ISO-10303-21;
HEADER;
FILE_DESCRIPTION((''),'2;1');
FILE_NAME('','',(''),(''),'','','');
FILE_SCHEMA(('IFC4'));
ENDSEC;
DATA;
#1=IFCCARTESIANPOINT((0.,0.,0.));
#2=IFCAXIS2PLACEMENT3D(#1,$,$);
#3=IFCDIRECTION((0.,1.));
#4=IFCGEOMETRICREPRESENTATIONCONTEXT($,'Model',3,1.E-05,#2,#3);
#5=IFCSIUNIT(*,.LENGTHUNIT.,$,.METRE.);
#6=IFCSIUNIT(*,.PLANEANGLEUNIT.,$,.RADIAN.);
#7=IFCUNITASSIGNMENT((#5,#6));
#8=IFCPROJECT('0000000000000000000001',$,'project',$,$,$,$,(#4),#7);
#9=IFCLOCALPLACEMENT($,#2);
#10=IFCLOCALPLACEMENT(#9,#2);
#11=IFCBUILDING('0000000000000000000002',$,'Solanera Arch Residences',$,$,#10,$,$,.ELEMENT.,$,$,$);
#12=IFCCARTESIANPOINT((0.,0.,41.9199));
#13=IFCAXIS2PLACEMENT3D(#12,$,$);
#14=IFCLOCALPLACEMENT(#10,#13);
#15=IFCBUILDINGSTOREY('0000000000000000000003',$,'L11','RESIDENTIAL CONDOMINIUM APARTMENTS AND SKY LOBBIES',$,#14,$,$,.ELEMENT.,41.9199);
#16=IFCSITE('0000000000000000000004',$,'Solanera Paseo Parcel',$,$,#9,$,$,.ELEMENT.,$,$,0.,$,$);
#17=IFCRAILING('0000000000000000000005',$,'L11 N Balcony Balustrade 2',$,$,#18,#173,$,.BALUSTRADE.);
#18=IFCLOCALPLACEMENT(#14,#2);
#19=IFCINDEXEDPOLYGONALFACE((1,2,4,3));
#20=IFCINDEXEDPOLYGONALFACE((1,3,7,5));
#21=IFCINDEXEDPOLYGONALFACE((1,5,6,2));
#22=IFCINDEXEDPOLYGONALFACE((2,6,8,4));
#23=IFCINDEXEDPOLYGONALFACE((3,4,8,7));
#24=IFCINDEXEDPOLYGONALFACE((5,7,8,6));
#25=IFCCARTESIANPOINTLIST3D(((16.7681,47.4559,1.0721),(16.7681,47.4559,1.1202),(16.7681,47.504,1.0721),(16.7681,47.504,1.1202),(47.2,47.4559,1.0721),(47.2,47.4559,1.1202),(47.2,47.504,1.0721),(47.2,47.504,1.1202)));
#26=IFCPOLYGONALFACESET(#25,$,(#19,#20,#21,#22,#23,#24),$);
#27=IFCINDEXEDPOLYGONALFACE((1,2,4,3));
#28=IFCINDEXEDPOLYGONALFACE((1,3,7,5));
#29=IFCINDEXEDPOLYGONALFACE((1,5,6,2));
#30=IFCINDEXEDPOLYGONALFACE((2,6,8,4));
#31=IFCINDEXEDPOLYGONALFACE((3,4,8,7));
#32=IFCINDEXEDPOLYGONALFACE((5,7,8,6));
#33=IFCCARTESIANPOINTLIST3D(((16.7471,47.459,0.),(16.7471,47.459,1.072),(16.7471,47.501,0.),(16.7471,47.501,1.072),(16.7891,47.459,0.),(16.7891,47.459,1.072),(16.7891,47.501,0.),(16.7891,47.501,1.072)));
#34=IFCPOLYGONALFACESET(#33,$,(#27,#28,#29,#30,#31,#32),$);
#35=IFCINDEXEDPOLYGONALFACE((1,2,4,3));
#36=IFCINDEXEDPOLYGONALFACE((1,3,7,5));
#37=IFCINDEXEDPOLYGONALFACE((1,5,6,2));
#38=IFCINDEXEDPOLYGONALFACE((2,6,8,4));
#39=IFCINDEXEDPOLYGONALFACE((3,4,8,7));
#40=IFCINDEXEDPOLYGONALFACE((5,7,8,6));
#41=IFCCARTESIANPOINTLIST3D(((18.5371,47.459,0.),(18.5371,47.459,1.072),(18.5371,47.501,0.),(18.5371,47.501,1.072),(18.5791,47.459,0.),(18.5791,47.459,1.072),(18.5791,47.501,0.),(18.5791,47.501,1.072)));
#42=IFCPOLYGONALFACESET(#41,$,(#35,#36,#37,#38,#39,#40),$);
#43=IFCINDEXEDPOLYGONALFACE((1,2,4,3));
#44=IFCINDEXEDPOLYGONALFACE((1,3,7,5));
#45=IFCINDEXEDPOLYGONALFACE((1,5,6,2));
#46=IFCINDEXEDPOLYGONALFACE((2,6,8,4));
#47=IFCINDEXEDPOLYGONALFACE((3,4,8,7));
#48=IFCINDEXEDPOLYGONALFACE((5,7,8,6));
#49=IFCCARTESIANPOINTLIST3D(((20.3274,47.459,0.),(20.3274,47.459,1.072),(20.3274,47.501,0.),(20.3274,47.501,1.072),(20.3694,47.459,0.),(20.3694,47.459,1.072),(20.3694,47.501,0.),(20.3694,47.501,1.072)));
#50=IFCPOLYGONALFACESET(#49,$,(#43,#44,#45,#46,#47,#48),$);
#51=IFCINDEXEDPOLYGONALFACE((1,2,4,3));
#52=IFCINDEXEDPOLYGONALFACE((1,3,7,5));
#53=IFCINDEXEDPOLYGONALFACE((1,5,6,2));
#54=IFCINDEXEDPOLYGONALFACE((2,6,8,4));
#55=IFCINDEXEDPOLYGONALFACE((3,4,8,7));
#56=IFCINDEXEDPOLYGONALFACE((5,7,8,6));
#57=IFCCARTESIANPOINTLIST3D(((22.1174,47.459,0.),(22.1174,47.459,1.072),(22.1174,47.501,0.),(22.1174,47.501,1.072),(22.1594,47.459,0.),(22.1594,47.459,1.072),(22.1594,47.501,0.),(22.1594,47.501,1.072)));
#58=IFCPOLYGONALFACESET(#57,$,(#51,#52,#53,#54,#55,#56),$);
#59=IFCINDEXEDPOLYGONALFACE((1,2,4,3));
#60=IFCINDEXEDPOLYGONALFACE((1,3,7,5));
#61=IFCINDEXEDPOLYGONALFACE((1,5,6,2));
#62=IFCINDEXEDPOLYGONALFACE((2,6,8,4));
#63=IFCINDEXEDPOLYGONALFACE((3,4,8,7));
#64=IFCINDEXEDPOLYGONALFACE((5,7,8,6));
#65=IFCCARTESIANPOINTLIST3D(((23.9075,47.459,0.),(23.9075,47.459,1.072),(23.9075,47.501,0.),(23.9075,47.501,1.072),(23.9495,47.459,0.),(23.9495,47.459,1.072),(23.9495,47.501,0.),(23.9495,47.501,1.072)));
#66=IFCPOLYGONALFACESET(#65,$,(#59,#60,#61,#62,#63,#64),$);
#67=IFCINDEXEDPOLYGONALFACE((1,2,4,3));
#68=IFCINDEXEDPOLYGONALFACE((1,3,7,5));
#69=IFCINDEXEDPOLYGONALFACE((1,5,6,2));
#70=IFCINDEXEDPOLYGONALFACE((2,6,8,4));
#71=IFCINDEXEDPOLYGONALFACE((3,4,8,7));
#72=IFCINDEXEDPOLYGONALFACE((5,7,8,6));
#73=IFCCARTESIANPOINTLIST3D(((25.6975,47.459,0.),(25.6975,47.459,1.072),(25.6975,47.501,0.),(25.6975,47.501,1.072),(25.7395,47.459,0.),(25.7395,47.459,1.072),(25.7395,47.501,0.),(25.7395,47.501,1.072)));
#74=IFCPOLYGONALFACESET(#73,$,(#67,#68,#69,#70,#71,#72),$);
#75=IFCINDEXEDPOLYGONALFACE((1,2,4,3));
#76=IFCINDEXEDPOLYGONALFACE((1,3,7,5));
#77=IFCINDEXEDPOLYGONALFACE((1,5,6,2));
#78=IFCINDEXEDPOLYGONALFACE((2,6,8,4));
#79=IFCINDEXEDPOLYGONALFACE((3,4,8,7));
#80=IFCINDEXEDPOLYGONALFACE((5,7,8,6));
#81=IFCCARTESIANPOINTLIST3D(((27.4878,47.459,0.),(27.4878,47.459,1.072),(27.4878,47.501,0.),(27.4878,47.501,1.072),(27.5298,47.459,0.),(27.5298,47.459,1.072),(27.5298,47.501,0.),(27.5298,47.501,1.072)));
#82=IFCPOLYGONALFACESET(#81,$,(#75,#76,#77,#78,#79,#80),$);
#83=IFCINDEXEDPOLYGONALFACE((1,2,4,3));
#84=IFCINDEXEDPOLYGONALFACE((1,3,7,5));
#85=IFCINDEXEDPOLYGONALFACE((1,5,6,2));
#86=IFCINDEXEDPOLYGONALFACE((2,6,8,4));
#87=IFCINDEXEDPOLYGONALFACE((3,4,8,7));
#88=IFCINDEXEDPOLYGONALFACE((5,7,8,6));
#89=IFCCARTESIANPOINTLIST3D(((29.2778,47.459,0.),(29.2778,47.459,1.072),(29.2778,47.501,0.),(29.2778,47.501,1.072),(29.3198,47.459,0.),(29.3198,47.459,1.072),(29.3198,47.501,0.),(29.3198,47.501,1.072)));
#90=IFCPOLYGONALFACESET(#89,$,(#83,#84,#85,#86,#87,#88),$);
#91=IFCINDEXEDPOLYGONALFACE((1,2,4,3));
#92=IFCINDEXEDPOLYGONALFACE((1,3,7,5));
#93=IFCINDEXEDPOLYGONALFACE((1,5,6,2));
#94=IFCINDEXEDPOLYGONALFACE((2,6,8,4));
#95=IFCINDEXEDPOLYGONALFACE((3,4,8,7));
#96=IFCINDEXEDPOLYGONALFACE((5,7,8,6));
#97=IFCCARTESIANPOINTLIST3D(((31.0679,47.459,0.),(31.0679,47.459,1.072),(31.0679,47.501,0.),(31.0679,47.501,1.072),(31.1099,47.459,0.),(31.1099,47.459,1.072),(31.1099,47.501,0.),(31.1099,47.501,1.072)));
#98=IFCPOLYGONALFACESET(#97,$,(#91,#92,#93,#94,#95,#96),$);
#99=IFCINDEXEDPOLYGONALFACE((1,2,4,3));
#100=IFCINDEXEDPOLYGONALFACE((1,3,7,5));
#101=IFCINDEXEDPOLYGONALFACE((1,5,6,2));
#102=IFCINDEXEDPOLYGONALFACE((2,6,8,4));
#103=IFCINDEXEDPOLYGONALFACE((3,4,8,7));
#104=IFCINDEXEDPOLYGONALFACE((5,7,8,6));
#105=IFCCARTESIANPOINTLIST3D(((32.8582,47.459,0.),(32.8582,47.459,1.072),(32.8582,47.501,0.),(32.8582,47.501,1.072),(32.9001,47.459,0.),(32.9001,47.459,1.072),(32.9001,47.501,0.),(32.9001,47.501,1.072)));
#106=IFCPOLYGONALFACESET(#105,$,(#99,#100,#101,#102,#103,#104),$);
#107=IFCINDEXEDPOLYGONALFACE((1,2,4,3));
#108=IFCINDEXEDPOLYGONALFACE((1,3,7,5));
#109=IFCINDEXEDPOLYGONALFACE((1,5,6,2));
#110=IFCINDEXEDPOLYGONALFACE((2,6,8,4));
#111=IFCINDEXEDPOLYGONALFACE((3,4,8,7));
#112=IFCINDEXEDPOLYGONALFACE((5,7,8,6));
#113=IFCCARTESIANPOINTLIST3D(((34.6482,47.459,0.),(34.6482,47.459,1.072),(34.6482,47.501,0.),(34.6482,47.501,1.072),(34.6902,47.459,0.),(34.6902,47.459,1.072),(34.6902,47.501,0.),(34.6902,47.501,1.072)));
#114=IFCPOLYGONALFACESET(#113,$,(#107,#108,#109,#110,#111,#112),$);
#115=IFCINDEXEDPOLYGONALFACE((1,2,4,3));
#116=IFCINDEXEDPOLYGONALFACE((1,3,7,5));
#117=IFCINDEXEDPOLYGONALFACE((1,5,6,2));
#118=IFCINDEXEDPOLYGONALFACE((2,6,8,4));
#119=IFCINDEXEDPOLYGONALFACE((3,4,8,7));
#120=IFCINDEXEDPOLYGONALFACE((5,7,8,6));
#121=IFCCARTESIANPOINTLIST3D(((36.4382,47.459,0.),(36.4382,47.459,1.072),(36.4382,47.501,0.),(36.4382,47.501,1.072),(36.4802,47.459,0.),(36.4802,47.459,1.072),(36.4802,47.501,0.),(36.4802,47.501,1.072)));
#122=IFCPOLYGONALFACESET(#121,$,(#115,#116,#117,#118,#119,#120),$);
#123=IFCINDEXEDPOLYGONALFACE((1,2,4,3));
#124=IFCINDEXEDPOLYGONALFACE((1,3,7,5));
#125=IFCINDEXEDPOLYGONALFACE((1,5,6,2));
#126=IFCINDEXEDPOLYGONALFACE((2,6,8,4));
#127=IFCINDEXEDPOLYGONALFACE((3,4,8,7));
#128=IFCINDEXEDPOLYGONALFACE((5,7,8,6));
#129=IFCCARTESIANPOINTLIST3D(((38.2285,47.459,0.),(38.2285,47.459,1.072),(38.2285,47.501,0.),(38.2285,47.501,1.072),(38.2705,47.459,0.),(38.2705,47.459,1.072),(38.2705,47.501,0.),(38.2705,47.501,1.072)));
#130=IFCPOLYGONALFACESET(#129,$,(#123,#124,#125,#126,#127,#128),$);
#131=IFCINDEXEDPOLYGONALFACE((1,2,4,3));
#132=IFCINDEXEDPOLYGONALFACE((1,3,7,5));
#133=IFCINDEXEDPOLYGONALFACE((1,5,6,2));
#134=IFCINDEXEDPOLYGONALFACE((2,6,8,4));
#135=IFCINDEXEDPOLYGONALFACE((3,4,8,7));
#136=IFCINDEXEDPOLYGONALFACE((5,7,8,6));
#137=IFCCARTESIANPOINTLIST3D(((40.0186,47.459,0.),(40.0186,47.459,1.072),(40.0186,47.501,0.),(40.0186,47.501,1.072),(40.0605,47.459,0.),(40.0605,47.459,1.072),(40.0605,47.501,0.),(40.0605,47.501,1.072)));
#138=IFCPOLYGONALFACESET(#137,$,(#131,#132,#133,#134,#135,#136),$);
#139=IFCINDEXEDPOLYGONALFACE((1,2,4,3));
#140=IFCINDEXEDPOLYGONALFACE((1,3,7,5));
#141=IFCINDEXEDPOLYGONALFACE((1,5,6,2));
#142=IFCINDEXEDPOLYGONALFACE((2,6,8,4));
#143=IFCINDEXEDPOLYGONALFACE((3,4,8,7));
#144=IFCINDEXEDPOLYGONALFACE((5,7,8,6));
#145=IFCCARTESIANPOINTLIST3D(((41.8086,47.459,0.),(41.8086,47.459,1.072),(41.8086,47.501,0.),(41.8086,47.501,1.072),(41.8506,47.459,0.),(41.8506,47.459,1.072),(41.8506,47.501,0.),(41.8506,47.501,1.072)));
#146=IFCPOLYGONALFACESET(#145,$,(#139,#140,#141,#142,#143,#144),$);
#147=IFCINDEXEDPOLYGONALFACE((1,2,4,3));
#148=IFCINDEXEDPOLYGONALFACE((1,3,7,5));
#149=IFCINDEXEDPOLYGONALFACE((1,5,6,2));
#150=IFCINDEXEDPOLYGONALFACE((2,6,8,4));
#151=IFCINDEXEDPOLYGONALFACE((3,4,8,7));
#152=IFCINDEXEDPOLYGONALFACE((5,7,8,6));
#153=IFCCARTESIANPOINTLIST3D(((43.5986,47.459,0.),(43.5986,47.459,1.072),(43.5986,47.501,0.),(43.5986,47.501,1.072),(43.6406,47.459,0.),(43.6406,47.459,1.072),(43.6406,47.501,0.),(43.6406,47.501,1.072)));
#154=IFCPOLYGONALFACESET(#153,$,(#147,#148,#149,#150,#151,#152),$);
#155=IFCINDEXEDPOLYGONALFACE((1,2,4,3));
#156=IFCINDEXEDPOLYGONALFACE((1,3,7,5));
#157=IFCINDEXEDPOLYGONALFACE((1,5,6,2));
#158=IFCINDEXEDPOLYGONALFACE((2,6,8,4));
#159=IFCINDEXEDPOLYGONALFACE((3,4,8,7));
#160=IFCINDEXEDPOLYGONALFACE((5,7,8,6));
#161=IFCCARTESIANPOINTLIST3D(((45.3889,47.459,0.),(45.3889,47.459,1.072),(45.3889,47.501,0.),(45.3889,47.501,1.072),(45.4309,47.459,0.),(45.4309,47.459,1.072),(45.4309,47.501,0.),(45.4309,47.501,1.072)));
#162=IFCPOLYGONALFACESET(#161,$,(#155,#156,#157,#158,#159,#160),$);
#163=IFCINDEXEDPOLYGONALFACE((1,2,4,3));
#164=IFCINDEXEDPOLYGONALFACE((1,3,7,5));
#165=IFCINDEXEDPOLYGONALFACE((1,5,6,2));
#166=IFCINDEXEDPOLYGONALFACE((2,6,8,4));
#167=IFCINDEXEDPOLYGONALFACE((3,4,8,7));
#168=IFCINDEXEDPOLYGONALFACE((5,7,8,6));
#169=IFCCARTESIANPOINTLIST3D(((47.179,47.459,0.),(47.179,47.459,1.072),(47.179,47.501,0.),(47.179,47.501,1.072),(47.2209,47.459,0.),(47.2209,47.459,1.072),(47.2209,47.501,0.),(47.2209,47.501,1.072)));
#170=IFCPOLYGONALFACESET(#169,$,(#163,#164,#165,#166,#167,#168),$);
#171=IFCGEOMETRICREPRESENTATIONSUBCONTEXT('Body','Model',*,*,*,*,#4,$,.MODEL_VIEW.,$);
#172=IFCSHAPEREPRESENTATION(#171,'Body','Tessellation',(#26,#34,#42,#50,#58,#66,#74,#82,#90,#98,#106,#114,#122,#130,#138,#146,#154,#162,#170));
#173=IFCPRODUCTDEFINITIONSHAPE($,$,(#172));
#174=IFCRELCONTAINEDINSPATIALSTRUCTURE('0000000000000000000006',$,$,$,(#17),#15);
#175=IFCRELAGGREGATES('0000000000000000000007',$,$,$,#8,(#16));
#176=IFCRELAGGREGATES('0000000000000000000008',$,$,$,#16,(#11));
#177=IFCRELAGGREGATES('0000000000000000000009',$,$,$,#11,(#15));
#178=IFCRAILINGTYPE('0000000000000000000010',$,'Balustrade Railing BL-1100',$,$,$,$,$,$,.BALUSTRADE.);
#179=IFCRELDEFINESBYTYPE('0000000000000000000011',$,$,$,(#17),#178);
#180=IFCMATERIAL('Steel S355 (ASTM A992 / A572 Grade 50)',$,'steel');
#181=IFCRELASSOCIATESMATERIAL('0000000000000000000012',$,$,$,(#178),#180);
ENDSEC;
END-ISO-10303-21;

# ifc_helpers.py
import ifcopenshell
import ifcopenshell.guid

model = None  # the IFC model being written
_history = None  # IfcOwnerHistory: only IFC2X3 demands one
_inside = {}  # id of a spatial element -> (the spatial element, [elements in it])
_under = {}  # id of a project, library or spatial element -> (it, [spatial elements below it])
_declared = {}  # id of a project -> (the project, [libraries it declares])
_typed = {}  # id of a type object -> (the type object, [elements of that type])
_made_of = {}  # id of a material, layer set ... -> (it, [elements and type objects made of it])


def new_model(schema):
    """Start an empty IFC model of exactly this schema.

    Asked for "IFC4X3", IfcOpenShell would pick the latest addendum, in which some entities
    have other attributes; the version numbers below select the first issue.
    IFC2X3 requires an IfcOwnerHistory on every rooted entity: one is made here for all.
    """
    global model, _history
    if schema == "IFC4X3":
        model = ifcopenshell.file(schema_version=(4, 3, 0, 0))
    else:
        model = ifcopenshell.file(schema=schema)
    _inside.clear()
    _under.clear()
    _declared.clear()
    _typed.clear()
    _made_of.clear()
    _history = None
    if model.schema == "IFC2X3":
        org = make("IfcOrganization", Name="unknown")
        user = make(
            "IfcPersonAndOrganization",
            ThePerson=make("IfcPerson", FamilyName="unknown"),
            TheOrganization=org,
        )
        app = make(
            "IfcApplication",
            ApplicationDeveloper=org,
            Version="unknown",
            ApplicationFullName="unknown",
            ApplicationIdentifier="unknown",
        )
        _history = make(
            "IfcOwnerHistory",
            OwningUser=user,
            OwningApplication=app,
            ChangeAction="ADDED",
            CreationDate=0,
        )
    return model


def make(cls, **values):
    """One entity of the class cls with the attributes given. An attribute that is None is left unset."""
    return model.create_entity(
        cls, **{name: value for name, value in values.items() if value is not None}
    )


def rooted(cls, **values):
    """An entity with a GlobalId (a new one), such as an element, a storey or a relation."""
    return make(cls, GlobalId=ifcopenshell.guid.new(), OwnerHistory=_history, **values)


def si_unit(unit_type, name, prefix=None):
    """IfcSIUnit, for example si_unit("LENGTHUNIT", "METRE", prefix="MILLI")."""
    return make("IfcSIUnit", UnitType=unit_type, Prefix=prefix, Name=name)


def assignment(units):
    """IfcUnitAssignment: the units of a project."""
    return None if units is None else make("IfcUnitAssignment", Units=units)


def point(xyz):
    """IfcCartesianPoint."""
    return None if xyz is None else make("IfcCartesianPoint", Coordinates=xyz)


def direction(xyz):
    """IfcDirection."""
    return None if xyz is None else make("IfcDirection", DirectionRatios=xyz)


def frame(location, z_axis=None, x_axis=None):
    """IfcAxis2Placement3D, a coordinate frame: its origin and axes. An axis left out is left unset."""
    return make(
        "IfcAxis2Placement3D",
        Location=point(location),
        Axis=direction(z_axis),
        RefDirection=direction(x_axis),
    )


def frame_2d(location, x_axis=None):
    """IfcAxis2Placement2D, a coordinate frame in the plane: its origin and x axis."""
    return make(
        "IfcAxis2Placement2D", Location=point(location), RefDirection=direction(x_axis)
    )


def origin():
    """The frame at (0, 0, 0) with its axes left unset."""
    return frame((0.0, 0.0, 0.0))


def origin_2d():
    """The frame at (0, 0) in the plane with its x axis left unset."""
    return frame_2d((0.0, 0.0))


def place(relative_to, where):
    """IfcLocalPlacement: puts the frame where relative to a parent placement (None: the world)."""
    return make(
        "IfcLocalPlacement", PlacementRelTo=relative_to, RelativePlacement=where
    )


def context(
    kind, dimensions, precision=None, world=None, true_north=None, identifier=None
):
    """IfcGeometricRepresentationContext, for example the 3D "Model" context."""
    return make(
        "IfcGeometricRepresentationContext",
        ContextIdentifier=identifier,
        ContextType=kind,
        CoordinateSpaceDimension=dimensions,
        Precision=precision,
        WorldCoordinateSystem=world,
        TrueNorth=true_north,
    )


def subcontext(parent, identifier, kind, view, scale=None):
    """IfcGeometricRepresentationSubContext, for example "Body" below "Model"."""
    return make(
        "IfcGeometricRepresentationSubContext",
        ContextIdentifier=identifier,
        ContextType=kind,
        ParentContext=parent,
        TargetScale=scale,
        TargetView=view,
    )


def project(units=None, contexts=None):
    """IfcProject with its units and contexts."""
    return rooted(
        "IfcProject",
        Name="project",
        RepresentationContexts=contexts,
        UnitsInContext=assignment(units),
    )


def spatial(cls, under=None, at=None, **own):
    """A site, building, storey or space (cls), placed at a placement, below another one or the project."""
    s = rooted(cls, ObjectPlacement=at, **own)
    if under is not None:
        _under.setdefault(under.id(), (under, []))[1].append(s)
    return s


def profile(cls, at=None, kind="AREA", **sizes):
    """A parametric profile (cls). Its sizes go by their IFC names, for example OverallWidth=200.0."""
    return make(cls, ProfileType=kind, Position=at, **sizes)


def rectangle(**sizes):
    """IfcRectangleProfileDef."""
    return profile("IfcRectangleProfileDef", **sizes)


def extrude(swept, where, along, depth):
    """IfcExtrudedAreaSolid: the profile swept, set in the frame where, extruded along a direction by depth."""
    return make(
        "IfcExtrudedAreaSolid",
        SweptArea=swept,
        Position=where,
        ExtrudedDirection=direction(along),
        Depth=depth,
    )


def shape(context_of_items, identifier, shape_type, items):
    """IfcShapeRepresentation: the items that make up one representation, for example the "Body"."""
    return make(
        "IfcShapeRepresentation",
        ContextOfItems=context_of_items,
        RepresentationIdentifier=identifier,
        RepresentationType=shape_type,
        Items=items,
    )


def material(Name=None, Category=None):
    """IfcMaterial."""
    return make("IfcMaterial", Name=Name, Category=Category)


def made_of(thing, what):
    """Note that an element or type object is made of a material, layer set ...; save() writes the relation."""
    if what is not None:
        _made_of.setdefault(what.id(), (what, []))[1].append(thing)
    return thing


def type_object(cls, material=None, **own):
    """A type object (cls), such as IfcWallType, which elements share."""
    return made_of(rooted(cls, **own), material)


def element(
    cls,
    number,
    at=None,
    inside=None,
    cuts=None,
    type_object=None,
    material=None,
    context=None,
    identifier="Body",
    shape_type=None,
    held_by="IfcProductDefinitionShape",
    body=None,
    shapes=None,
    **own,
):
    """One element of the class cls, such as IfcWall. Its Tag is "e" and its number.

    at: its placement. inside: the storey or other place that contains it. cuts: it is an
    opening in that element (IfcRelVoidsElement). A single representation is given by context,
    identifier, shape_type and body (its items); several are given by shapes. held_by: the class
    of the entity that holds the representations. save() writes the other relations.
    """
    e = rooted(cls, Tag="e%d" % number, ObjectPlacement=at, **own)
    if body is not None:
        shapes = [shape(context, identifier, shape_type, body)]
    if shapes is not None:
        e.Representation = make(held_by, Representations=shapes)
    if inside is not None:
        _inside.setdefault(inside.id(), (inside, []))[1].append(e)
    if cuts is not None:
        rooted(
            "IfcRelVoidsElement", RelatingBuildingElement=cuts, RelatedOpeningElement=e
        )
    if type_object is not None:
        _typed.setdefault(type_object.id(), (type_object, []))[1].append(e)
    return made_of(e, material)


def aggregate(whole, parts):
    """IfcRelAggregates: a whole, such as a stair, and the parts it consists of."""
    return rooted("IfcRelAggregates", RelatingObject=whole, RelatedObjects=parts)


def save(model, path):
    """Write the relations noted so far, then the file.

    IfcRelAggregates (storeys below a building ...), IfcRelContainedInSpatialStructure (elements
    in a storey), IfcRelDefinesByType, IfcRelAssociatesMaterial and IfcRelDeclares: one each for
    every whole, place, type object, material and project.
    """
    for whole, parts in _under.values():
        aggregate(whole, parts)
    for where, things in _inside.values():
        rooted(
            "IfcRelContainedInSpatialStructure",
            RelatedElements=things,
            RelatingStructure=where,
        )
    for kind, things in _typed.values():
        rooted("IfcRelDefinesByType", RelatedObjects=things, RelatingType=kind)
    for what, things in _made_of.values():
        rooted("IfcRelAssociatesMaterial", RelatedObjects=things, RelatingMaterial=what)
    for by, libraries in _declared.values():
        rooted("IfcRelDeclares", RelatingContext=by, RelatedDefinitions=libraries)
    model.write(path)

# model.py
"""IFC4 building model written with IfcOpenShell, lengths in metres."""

from ifc_helpers import new_model, si_unit, direction, frame, origin, origin_2d, place, context, subcontext, project, spatial, rectangle, extrude, material, type_object, element, save


model = new_model("IFC4")

# Units and contexts
model_context = context("Model", 3, precision=1e-05, world=origin(), true_north=direction((0.0, 1.0)))
body_context = subcontext(model_context, "Body", "Model", "MODEL_VIEW")
ifc_project = project(units=[si_unit("LENGTHUNIT", "METRE"), si_unit("PLANEANGLEUNIT", "RADIAN")], contexts=[model_context])

# Site, building, storey
site_placement = place(None, origin())
site = spatial("IfcSite", under=ifc_project, at=site_placement, Name="Solanera Paseo Parcel", CompositionType="ELEMENT", RefElevation=0.0)
building_placement = place(site_placement, origin())
building = spatial("IfcBuilding", under=site, at=building_placement, Name="Solanera Arch Residences", CompositionType="ELEMENT")
storey_placement = place(building_placement, frame((0.0, 0.0, 41.9199)))
storey = spatial("IfcBuildingStorey", under=building, at=storey_placement, Name="L11", Description="RESIDENTIAL CONDOMINIUM APARTMENTS AND SKY LOBBIES", CompositionType="ELEMENT", Elevation=41.9199)

# Railing
ifc_material_1 = material(Name="Steel S355 (ASTM A992 / A572 Grade 50)", Category="steel")
railing_type = type_object("IfcRailingType", Name="Balustrade Railing BL-1100", PredefinedType="BALUSTRADE", material=ifc_material_1)
railing_placement = place(storey_placement, frame((16.7681, 47.48, 0.0)))
element("IfcRailing", 1, at=railing_placement, inside=storey, type_object=railing_type, Name="L11 N Balcony Balustrade 2", PredefinedType="BALUSTRADE", context=body_context, shape_type="SweptSolid", body=[
    extrude(rectangle(XDim=0.0481, YDim=0.0481, at=origin_2d()), frame((0.0, 0.0, 1.0962), z_axis=(1.0, 0.0, 0.0), x_axis=(0.0, 1.0, 0.0)), (0.0, 0.0, 1.0), 30.4319),
    extrude(rectangle(XDim=0.042, YDim=0.042, at=origin_2d()), origin(), (0.0, 0.0, 1.0), 1.072),
    extrude(rectangle(XDim=0.042, YDim=0.042, at=origin_2d()), frame((1.79, 0.0, 0.0)), (0.0, 0.0, 1.0), 1.072),
    extrude(rectangle(XDim=0.042, YDim=0.042, at=origin_2d()), frame((3.5803, 0.0, 0.0)), (0.0, 0.0, 1.0), 1.072),
    extrude(rectangle(XDim=0.042, YDim=0.042, at=origin_2d()), frame((5.3704, 0.0, 0.0)), (0.0, 0.0, 1.0), 1.072),
    extrude(rectangle(XDim=0.042, YDim=0.042, at=origin_2d()), frame((7.1604, 0.0, 0.0)), (0.0, 0.0, 1.0), 1.072),
    extrude(rectangle(XDim=0.042, YDim=0.042, at=origin_2d()), frame((8.9504, 0.0, 0.0)), (0.0, 0.0, 1.0), 1.072),
    extrude(rectangle(XDim=0.042, YDim=0.042, at=origin_2d()), frame((10.7407, 0.0, 0.0)), (0.0, 0.0, 1.0), 1.072),
    extrude(rectangle(XDim=0.042, YDim=0.042, at=origin_2d()), frame((12.5308, 0.0, 0.0)), (0.0, 0.0, 1.0), 1.072),
    extrude(rectangle(XDim=0.042, YDim=0.042, at=origin_2d()), frame((14.3208, 0.0, 0.0)), (0.0, 0.0, 1.0), 1.072),
    extrude(rectangle(XDim=0.042, YDim=0.042, at=origin_2d()), frame((16.1111, 0.0, 0.0)), (0.0, 0.0, 1.0), 1.072),
    extrude(rectangle(XDim=0.042, YDim=0.042, at=origin_2d()), frame((17.9011, 0.0, 0.0)), (0.0, 0.0, 1.0), 1.072),
    extrude(rectangle(XDim=0.042, YDim=0.042, at=origin_2d()), frame((19.6912, 0.0, 0.0)), (0.0, 0.0, 1.0), 1.072),
    extrude(rectangle(XDim=0.042, YDim=0.042, at=origin_2d()), frame((21.4814, 0.0, 0.0)), (0.0, 0.0, 1.0), 1.072),
    extrude(rectangle(XDim=0.042, YDim=0.042, at=origin_2d()), frame((23.2715, 0.0, 0.0)), (0.0, 0.0, 1.0), 1.072),
    extrude(rectangle(XDim=0.042, YDim=0.042, at=origin_2d()), frame((25.0615, 0.0, 0.0)), (0.0, 0.0, 1.0), 1.072),
    extrude(rectangle(XDim=0.042, YDim=0.042, at=origin_2d()), frame((26.8516, 0.0, 0.0)), (0.0, 0.0, 1.0), 1.072),
    extrude(rectangle(XDim=0.042, YDim=0.042, at=origin_2d()), frame((28.6418, 0.0, 0.0)), (0.0, 0.0, 1.0), 1.072),
    extrude(rectangle(XDim=0.042, YDim=0.042, at=origin_2d()), frame((30.4319, 0.0, 0.0)), (0.0, 0.0, 1.0), 1.072),
])

save(model, "model.ifc")
